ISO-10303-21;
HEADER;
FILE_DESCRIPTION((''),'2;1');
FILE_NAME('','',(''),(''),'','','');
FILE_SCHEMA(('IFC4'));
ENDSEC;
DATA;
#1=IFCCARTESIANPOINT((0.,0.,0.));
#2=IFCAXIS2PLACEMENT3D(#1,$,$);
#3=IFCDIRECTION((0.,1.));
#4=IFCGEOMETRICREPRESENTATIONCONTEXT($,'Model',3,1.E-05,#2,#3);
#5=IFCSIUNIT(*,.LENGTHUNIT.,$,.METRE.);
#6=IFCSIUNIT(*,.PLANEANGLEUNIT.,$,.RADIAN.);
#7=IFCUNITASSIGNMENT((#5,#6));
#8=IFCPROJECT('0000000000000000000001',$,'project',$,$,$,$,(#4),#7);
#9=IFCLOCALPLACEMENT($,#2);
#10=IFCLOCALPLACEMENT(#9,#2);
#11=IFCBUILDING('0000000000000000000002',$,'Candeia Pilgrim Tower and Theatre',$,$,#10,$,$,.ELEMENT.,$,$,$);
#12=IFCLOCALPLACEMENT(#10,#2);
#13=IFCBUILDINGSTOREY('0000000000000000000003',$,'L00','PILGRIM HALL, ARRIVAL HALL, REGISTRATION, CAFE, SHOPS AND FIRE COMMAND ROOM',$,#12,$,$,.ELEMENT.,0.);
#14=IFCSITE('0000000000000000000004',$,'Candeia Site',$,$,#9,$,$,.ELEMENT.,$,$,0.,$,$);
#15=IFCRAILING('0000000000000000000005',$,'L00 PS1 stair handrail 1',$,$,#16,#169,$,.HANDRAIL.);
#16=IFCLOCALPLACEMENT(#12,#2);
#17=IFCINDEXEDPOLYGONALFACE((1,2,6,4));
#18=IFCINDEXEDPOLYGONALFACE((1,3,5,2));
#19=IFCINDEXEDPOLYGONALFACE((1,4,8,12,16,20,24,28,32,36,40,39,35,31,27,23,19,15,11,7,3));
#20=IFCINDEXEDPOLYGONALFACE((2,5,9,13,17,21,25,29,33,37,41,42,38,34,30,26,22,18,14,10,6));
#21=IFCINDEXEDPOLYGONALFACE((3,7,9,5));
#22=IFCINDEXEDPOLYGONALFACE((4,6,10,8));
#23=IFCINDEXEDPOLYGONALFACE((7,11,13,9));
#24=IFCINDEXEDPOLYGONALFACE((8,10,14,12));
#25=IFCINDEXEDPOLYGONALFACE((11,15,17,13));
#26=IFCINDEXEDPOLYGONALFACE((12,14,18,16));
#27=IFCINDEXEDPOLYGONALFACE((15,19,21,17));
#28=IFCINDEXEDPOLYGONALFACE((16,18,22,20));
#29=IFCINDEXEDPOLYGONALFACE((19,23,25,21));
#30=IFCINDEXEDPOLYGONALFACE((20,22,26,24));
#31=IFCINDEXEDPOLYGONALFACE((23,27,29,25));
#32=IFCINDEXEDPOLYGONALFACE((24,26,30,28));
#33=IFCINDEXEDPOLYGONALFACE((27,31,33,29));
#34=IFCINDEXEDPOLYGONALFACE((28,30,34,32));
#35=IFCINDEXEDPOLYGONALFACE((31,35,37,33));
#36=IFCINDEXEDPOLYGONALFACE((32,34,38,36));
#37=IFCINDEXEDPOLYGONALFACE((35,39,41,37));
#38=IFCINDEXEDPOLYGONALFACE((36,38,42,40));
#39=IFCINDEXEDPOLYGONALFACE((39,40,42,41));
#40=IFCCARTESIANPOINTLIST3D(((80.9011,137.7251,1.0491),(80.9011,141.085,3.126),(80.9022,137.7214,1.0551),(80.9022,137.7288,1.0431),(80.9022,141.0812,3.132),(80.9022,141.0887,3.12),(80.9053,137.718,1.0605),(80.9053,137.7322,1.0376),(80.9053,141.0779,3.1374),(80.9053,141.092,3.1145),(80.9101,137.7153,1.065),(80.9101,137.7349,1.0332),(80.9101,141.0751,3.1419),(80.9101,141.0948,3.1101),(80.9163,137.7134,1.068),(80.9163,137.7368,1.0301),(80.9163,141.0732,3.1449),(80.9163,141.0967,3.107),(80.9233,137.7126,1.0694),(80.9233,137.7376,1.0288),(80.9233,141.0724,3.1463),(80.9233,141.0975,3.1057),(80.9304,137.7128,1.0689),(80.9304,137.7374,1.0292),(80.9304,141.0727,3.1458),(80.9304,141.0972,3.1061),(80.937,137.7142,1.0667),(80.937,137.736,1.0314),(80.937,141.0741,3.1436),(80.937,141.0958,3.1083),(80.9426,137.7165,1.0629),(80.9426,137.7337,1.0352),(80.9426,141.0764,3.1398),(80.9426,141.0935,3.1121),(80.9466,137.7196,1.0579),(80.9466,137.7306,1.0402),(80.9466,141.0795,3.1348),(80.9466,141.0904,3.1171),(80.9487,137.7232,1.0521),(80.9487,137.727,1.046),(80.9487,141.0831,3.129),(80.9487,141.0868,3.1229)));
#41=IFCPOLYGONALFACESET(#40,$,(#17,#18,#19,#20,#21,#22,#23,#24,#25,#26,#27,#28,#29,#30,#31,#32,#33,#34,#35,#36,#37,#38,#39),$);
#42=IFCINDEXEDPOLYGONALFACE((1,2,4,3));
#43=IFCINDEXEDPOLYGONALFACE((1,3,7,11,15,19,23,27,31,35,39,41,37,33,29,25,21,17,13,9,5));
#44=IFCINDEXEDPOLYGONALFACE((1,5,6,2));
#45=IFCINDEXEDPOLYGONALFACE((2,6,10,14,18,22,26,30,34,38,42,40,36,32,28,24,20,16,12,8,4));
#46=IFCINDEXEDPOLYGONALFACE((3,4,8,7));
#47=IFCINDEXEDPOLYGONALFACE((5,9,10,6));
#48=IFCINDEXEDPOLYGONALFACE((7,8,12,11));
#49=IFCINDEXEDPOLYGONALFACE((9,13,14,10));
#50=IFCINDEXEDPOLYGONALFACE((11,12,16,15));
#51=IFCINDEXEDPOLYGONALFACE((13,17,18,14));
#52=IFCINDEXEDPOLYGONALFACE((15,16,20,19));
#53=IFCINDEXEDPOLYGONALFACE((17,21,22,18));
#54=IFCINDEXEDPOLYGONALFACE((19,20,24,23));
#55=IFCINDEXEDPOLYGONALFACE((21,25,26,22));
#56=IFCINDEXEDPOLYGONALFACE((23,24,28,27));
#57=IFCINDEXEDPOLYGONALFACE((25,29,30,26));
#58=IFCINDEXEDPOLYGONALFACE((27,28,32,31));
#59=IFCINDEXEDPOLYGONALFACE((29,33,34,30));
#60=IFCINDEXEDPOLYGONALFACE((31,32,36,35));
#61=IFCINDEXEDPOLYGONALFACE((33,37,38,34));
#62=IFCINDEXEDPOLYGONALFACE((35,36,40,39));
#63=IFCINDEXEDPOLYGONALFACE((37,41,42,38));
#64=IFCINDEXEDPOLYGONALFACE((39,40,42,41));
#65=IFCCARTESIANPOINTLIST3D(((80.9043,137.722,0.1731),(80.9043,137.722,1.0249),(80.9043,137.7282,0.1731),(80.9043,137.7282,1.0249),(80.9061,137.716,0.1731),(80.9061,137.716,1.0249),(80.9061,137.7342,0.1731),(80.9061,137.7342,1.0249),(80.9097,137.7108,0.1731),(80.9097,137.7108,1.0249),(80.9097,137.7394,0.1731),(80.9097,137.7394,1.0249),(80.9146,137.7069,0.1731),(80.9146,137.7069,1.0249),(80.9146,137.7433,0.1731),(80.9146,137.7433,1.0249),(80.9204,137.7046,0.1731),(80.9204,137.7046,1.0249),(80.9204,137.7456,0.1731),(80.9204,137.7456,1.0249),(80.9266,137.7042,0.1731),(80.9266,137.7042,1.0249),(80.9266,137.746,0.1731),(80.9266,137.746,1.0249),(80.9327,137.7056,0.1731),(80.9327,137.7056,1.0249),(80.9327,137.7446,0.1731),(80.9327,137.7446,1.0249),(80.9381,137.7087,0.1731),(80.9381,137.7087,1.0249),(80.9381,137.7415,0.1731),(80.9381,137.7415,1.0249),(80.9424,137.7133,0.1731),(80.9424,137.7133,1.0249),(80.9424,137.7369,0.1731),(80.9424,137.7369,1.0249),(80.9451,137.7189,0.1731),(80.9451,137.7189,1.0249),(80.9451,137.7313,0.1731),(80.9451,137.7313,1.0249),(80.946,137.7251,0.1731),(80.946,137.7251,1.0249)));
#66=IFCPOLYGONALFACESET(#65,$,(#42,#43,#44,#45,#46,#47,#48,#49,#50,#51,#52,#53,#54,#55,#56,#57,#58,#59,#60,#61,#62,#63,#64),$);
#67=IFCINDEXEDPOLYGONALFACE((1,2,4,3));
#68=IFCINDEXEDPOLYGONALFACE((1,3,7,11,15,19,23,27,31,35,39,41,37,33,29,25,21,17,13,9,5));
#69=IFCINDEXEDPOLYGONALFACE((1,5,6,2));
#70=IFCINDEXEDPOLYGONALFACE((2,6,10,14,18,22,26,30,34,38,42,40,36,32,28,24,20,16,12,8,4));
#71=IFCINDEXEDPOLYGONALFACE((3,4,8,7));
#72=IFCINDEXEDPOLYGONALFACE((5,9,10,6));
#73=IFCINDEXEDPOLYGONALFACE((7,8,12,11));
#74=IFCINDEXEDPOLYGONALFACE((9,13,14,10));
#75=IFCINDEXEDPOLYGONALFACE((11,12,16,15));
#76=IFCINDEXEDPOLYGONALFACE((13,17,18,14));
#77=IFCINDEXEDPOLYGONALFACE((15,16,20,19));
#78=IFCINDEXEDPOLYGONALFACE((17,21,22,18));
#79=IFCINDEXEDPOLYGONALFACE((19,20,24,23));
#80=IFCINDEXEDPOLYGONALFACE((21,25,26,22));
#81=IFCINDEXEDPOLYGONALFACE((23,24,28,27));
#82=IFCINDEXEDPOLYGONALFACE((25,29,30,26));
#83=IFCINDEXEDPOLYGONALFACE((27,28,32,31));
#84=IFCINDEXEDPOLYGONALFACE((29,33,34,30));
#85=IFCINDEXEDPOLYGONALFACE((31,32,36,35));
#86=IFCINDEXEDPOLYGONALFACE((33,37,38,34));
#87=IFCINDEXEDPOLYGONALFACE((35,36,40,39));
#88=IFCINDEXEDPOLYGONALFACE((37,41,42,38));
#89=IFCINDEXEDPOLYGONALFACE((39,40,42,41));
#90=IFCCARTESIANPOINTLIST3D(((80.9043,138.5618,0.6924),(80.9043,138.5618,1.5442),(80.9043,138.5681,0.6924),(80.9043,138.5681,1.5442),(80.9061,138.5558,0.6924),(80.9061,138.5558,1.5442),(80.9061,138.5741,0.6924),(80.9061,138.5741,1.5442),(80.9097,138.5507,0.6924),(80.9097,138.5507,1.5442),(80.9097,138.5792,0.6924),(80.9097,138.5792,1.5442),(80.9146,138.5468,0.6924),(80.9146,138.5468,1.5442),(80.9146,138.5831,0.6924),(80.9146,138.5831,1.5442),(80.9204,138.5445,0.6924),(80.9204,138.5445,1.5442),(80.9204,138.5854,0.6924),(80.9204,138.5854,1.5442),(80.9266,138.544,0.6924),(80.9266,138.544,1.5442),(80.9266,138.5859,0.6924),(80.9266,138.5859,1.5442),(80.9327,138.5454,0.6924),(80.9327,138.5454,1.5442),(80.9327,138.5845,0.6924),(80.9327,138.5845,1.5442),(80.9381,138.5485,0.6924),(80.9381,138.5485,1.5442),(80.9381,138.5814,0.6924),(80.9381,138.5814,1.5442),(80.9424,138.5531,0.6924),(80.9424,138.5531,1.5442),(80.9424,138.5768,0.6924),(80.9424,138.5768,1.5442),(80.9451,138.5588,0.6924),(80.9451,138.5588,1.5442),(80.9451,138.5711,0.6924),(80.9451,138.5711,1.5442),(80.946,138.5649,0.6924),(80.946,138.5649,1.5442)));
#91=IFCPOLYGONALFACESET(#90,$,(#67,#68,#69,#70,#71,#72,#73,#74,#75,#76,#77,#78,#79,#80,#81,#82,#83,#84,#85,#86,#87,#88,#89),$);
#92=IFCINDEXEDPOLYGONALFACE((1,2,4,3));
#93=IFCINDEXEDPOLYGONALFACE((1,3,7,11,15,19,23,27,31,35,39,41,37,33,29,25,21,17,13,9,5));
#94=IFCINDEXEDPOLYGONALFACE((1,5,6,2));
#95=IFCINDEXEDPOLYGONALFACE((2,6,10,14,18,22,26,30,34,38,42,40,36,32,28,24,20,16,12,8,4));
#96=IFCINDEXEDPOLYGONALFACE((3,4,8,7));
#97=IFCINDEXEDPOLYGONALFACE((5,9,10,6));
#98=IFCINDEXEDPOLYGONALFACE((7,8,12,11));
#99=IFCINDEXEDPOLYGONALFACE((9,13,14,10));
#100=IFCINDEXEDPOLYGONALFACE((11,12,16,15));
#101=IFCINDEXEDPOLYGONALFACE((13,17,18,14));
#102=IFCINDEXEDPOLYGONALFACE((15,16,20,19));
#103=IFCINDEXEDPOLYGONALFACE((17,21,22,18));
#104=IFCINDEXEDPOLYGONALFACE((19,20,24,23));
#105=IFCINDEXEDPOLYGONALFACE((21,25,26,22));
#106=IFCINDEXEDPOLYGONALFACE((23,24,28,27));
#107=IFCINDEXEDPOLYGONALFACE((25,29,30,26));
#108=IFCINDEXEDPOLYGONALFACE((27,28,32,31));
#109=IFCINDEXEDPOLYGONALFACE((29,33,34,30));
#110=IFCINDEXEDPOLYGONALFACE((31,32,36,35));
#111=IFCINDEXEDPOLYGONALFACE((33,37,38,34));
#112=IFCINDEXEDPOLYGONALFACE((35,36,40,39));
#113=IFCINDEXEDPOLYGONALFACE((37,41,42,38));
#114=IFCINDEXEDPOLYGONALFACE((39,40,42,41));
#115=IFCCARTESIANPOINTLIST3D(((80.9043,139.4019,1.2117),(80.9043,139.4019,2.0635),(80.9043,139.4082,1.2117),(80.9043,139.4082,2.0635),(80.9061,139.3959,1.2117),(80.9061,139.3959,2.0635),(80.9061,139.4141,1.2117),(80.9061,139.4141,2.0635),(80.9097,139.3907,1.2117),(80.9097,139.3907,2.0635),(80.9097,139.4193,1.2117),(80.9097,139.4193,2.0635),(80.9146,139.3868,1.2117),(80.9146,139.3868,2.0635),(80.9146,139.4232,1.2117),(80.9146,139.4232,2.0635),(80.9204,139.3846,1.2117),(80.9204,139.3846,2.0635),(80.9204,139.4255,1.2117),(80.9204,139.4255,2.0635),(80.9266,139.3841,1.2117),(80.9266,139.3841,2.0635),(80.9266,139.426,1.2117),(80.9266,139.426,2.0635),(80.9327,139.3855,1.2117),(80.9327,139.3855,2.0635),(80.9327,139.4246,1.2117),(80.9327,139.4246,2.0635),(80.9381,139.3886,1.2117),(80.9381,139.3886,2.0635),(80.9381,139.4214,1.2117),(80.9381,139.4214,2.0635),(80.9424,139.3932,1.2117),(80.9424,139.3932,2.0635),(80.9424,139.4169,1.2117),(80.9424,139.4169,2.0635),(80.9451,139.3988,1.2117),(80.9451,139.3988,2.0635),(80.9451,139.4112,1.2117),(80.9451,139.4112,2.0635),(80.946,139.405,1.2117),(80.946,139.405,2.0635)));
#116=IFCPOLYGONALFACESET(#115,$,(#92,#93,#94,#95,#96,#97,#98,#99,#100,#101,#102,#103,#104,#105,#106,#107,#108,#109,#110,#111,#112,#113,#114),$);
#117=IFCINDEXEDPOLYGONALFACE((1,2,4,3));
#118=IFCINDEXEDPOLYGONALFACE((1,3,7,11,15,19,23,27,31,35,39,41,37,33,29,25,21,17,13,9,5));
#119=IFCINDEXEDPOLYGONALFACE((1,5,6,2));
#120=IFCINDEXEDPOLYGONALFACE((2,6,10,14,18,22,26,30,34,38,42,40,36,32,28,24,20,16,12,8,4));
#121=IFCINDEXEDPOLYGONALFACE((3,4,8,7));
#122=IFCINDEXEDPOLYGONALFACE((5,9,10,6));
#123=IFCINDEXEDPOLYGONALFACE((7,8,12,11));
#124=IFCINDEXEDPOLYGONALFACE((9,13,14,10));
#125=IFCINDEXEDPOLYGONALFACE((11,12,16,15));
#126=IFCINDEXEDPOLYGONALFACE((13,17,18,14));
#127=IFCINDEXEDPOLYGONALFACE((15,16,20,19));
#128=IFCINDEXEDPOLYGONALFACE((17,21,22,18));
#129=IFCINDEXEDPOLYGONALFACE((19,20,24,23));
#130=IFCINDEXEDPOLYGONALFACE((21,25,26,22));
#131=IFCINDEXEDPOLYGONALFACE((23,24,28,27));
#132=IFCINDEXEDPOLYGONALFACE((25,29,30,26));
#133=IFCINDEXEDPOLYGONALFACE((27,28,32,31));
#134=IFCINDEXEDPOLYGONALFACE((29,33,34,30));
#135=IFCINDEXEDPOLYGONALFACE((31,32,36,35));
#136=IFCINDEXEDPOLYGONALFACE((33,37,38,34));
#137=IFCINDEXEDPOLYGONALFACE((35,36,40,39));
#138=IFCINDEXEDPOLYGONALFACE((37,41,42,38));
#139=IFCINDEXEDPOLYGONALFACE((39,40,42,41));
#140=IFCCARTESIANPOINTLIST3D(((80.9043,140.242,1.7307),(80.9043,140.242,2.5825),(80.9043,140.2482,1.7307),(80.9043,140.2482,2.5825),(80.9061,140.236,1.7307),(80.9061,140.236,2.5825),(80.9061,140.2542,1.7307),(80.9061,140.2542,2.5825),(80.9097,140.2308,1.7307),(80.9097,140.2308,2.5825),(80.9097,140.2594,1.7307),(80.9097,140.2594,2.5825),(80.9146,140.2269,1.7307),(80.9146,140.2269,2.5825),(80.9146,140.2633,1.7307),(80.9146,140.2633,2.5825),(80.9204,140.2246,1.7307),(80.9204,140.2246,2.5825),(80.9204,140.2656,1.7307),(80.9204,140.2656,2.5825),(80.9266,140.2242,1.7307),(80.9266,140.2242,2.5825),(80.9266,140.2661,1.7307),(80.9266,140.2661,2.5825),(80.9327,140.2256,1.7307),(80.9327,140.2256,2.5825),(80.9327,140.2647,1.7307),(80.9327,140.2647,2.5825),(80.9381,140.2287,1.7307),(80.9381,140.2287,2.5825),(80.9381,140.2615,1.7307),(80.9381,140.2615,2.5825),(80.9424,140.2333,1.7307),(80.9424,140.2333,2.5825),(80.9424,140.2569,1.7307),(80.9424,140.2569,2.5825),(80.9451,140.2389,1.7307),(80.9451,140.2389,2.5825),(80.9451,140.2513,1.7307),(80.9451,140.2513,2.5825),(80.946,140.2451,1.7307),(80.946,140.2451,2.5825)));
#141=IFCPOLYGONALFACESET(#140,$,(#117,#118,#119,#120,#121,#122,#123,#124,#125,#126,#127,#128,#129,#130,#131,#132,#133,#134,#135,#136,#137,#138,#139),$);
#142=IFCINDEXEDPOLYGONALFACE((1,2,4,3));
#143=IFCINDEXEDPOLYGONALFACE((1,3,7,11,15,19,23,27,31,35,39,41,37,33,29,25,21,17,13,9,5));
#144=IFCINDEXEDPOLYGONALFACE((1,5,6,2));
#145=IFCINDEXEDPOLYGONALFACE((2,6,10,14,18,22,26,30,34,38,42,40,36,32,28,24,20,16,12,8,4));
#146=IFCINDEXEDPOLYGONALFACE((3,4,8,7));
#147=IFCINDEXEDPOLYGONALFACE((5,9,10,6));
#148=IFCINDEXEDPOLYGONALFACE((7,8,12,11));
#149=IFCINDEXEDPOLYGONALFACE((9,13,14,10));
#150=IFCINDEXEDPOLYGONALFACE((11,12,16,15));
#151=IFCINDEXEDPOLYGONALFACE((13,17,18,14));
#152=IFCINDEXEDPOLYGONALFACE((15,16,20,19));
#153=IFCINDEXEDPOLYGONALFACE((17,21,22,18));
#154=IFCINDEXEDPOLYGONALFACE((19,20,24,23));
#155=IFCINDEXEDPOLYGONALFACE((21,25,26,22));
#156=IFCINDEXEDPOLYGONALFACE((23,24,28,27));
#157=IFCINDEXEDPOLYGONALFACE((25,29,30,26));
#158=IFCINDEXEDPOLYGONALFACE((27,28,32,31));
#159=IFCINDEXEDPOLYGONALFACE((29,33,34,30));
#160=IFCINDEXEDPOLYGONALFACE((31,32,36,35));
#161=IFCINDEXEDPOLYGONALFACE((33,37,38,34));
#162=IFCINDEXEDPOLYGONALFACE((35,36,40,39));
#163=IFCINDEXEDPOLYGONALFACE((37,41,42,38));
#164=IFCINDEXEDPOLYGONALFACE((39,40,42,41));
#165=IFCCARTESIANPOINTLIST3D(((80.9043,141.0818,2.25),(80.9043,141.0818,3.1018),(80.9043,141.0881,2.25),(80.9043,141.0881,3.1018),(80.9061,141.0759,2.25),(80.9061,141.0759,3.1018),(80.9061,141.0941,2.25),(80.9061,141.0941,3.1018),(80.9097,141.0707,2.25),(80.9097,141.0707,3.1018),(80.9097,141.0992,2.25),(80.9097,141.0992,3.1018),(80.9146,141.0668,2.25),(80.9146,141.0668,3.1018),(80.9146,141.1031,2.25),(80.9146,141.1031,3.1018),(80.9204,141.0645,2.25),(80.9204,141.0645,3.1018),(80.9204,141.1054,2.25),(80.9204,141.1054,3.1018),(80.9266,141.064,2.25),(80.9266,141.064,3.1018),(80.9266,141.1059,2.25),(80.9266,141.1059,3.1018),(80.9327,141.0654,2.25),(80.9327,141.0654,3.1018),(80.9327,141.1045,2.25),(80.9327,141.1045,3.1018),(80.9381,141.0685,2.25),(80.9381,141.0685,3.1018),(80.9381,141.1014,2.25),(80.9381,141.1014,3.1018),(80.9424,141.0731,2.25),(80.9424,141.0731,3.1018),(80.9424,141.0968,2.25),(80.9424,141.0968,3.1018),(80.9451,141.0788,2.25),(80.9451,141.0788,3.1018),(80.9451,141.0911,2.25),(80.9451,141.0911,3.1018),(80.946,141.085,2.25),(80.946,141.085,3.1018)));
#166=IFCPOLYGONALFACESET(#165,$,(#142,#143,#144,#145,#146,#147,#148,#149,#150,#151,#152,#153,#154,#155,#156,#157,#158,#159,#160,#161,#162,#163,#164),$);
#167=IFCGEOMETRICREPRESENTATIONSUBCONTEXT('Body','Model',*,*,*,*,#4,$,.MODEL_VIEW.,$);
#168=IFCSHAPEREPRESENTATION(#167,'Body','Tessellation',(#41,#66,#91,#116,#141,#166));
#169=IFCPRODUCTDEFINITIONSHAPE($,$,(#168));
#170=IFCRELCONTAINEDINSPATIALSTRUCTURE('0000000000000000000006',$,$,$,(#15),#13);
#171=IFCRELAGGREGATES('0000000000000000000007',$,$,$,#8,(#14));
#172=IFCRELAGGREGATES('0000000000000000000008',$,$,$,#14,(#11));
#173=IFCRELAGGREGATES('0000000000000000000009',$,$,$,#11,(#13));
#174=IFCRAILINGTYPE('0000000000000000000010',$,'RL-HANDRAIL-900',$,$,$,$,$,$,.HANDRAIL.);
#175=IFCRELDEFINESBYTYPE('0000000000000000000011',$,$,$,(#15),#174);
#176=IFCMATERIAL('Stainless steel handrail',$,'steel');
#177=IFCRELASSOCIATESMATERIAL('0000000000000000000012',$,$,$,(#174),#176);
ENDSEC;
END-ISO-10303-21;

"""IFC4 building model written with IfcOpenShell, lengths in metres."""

from ifc_helpers import new_model, si_unit, direction, frame, origin, origin_2d, place, context, subcontext, project, spatial, circle, extrude, material, type_object, element, save


model = new_model("IFC4")

# Units and contexts
model_context = context("Model", 3, precision=1e-05, world=origin(), true_north=direction((0.0, 1.0)))
body_context = subcontext(model_context, "Body", "Model", "MODEL_VIEW")
ifc_project = project(units=[si_unit("LENGTHUNIT", "METRE"), si_unit("PLANEANGLEUNIT", "RADIAN")], contexts=[model_context])

# Site, building, storey
site_placement = place(None, origin())
site = spatial("IfcSite", under=ifc_project, at=site_placement, Name="Candeia Site", CompositionType="ELEMENT", RefElevation=0.0)
building_placement = place(site_placement, origin())
building = spatial("IfcBuilding", under=site, at=building_placement, Name="Candeia Pilgrim Tower and Theatre", CompositionType="ELEMENT")
storey_placement = place(building_placement, origin())
storey = spatial("IfcBuildingStorey", under=building, at=storey_placement, Name="L00", Description="PILGRIM HALL, ARRIVAL HALL, REGISTRATION, CAFE, SHOPS AND FIRE COMMAND ROOM", CompositionType="ELEMENT", Elevation=0.0)

# Railing
ifc_material_1 = material(Name="Stainless steel handrail", Category="steel")
railing_type_1 = type_object("IfcRailingType", Name="RL-HANDRAIL-900", PredefinedType="HANDRAIL", material=ifc_material_1)
for number, where, name in (
    (1, (80.925, 137.7251, 0.1731), "L00 PS1 stair handrail 1"),
):
    element("IfcRailing", number, at=place(storey_placement, frame(where)), inside=storey, type_object=railing_type_1, Name=name, PredefinedType="HANDRAIL", context=body_context, shape_type="SweptSolid", body=[
        extrude(circle(Radius=0.0239, at=origin_2d()), frame((0.0, 0.0, 0.876), z_axis=(0.0, 0.850606, 0.525803), x_axis=(-1.0, 0.0, 0.0)), (0.0, 0.0, 1.0), 3.95),
        extrude(circle(Radius=0.021, at=origin_2d()), origin(), (0.0, 0.0, 1.0), 0.8518),
        extrude(circle(Radius=0.021, at=origin_2d()), frame((0.0, 0.8398, 0.5193)), (0.0, 0.0, 1.0), 0.8518),
        extrude(circle(Radius=0.021, at=origin_2d()), frame((0.0, 1.6799, 1.0386)), (0.0, 0.0, 1.0), 0.8518),
        extrude(circle(Radius=0.021, at=origin_2d()), frame((0.0, 2.52, 1.5576)), (0.0, 0.0, 1.0), 0.8518),
        extrude(circle(Radius=0.021, at=origin_2d()), frame((0.0, 3.3599, 2.0769)), (0.0, 0.0, 1.0), 0.8518),
    ])

save(model, "model.ifc")
